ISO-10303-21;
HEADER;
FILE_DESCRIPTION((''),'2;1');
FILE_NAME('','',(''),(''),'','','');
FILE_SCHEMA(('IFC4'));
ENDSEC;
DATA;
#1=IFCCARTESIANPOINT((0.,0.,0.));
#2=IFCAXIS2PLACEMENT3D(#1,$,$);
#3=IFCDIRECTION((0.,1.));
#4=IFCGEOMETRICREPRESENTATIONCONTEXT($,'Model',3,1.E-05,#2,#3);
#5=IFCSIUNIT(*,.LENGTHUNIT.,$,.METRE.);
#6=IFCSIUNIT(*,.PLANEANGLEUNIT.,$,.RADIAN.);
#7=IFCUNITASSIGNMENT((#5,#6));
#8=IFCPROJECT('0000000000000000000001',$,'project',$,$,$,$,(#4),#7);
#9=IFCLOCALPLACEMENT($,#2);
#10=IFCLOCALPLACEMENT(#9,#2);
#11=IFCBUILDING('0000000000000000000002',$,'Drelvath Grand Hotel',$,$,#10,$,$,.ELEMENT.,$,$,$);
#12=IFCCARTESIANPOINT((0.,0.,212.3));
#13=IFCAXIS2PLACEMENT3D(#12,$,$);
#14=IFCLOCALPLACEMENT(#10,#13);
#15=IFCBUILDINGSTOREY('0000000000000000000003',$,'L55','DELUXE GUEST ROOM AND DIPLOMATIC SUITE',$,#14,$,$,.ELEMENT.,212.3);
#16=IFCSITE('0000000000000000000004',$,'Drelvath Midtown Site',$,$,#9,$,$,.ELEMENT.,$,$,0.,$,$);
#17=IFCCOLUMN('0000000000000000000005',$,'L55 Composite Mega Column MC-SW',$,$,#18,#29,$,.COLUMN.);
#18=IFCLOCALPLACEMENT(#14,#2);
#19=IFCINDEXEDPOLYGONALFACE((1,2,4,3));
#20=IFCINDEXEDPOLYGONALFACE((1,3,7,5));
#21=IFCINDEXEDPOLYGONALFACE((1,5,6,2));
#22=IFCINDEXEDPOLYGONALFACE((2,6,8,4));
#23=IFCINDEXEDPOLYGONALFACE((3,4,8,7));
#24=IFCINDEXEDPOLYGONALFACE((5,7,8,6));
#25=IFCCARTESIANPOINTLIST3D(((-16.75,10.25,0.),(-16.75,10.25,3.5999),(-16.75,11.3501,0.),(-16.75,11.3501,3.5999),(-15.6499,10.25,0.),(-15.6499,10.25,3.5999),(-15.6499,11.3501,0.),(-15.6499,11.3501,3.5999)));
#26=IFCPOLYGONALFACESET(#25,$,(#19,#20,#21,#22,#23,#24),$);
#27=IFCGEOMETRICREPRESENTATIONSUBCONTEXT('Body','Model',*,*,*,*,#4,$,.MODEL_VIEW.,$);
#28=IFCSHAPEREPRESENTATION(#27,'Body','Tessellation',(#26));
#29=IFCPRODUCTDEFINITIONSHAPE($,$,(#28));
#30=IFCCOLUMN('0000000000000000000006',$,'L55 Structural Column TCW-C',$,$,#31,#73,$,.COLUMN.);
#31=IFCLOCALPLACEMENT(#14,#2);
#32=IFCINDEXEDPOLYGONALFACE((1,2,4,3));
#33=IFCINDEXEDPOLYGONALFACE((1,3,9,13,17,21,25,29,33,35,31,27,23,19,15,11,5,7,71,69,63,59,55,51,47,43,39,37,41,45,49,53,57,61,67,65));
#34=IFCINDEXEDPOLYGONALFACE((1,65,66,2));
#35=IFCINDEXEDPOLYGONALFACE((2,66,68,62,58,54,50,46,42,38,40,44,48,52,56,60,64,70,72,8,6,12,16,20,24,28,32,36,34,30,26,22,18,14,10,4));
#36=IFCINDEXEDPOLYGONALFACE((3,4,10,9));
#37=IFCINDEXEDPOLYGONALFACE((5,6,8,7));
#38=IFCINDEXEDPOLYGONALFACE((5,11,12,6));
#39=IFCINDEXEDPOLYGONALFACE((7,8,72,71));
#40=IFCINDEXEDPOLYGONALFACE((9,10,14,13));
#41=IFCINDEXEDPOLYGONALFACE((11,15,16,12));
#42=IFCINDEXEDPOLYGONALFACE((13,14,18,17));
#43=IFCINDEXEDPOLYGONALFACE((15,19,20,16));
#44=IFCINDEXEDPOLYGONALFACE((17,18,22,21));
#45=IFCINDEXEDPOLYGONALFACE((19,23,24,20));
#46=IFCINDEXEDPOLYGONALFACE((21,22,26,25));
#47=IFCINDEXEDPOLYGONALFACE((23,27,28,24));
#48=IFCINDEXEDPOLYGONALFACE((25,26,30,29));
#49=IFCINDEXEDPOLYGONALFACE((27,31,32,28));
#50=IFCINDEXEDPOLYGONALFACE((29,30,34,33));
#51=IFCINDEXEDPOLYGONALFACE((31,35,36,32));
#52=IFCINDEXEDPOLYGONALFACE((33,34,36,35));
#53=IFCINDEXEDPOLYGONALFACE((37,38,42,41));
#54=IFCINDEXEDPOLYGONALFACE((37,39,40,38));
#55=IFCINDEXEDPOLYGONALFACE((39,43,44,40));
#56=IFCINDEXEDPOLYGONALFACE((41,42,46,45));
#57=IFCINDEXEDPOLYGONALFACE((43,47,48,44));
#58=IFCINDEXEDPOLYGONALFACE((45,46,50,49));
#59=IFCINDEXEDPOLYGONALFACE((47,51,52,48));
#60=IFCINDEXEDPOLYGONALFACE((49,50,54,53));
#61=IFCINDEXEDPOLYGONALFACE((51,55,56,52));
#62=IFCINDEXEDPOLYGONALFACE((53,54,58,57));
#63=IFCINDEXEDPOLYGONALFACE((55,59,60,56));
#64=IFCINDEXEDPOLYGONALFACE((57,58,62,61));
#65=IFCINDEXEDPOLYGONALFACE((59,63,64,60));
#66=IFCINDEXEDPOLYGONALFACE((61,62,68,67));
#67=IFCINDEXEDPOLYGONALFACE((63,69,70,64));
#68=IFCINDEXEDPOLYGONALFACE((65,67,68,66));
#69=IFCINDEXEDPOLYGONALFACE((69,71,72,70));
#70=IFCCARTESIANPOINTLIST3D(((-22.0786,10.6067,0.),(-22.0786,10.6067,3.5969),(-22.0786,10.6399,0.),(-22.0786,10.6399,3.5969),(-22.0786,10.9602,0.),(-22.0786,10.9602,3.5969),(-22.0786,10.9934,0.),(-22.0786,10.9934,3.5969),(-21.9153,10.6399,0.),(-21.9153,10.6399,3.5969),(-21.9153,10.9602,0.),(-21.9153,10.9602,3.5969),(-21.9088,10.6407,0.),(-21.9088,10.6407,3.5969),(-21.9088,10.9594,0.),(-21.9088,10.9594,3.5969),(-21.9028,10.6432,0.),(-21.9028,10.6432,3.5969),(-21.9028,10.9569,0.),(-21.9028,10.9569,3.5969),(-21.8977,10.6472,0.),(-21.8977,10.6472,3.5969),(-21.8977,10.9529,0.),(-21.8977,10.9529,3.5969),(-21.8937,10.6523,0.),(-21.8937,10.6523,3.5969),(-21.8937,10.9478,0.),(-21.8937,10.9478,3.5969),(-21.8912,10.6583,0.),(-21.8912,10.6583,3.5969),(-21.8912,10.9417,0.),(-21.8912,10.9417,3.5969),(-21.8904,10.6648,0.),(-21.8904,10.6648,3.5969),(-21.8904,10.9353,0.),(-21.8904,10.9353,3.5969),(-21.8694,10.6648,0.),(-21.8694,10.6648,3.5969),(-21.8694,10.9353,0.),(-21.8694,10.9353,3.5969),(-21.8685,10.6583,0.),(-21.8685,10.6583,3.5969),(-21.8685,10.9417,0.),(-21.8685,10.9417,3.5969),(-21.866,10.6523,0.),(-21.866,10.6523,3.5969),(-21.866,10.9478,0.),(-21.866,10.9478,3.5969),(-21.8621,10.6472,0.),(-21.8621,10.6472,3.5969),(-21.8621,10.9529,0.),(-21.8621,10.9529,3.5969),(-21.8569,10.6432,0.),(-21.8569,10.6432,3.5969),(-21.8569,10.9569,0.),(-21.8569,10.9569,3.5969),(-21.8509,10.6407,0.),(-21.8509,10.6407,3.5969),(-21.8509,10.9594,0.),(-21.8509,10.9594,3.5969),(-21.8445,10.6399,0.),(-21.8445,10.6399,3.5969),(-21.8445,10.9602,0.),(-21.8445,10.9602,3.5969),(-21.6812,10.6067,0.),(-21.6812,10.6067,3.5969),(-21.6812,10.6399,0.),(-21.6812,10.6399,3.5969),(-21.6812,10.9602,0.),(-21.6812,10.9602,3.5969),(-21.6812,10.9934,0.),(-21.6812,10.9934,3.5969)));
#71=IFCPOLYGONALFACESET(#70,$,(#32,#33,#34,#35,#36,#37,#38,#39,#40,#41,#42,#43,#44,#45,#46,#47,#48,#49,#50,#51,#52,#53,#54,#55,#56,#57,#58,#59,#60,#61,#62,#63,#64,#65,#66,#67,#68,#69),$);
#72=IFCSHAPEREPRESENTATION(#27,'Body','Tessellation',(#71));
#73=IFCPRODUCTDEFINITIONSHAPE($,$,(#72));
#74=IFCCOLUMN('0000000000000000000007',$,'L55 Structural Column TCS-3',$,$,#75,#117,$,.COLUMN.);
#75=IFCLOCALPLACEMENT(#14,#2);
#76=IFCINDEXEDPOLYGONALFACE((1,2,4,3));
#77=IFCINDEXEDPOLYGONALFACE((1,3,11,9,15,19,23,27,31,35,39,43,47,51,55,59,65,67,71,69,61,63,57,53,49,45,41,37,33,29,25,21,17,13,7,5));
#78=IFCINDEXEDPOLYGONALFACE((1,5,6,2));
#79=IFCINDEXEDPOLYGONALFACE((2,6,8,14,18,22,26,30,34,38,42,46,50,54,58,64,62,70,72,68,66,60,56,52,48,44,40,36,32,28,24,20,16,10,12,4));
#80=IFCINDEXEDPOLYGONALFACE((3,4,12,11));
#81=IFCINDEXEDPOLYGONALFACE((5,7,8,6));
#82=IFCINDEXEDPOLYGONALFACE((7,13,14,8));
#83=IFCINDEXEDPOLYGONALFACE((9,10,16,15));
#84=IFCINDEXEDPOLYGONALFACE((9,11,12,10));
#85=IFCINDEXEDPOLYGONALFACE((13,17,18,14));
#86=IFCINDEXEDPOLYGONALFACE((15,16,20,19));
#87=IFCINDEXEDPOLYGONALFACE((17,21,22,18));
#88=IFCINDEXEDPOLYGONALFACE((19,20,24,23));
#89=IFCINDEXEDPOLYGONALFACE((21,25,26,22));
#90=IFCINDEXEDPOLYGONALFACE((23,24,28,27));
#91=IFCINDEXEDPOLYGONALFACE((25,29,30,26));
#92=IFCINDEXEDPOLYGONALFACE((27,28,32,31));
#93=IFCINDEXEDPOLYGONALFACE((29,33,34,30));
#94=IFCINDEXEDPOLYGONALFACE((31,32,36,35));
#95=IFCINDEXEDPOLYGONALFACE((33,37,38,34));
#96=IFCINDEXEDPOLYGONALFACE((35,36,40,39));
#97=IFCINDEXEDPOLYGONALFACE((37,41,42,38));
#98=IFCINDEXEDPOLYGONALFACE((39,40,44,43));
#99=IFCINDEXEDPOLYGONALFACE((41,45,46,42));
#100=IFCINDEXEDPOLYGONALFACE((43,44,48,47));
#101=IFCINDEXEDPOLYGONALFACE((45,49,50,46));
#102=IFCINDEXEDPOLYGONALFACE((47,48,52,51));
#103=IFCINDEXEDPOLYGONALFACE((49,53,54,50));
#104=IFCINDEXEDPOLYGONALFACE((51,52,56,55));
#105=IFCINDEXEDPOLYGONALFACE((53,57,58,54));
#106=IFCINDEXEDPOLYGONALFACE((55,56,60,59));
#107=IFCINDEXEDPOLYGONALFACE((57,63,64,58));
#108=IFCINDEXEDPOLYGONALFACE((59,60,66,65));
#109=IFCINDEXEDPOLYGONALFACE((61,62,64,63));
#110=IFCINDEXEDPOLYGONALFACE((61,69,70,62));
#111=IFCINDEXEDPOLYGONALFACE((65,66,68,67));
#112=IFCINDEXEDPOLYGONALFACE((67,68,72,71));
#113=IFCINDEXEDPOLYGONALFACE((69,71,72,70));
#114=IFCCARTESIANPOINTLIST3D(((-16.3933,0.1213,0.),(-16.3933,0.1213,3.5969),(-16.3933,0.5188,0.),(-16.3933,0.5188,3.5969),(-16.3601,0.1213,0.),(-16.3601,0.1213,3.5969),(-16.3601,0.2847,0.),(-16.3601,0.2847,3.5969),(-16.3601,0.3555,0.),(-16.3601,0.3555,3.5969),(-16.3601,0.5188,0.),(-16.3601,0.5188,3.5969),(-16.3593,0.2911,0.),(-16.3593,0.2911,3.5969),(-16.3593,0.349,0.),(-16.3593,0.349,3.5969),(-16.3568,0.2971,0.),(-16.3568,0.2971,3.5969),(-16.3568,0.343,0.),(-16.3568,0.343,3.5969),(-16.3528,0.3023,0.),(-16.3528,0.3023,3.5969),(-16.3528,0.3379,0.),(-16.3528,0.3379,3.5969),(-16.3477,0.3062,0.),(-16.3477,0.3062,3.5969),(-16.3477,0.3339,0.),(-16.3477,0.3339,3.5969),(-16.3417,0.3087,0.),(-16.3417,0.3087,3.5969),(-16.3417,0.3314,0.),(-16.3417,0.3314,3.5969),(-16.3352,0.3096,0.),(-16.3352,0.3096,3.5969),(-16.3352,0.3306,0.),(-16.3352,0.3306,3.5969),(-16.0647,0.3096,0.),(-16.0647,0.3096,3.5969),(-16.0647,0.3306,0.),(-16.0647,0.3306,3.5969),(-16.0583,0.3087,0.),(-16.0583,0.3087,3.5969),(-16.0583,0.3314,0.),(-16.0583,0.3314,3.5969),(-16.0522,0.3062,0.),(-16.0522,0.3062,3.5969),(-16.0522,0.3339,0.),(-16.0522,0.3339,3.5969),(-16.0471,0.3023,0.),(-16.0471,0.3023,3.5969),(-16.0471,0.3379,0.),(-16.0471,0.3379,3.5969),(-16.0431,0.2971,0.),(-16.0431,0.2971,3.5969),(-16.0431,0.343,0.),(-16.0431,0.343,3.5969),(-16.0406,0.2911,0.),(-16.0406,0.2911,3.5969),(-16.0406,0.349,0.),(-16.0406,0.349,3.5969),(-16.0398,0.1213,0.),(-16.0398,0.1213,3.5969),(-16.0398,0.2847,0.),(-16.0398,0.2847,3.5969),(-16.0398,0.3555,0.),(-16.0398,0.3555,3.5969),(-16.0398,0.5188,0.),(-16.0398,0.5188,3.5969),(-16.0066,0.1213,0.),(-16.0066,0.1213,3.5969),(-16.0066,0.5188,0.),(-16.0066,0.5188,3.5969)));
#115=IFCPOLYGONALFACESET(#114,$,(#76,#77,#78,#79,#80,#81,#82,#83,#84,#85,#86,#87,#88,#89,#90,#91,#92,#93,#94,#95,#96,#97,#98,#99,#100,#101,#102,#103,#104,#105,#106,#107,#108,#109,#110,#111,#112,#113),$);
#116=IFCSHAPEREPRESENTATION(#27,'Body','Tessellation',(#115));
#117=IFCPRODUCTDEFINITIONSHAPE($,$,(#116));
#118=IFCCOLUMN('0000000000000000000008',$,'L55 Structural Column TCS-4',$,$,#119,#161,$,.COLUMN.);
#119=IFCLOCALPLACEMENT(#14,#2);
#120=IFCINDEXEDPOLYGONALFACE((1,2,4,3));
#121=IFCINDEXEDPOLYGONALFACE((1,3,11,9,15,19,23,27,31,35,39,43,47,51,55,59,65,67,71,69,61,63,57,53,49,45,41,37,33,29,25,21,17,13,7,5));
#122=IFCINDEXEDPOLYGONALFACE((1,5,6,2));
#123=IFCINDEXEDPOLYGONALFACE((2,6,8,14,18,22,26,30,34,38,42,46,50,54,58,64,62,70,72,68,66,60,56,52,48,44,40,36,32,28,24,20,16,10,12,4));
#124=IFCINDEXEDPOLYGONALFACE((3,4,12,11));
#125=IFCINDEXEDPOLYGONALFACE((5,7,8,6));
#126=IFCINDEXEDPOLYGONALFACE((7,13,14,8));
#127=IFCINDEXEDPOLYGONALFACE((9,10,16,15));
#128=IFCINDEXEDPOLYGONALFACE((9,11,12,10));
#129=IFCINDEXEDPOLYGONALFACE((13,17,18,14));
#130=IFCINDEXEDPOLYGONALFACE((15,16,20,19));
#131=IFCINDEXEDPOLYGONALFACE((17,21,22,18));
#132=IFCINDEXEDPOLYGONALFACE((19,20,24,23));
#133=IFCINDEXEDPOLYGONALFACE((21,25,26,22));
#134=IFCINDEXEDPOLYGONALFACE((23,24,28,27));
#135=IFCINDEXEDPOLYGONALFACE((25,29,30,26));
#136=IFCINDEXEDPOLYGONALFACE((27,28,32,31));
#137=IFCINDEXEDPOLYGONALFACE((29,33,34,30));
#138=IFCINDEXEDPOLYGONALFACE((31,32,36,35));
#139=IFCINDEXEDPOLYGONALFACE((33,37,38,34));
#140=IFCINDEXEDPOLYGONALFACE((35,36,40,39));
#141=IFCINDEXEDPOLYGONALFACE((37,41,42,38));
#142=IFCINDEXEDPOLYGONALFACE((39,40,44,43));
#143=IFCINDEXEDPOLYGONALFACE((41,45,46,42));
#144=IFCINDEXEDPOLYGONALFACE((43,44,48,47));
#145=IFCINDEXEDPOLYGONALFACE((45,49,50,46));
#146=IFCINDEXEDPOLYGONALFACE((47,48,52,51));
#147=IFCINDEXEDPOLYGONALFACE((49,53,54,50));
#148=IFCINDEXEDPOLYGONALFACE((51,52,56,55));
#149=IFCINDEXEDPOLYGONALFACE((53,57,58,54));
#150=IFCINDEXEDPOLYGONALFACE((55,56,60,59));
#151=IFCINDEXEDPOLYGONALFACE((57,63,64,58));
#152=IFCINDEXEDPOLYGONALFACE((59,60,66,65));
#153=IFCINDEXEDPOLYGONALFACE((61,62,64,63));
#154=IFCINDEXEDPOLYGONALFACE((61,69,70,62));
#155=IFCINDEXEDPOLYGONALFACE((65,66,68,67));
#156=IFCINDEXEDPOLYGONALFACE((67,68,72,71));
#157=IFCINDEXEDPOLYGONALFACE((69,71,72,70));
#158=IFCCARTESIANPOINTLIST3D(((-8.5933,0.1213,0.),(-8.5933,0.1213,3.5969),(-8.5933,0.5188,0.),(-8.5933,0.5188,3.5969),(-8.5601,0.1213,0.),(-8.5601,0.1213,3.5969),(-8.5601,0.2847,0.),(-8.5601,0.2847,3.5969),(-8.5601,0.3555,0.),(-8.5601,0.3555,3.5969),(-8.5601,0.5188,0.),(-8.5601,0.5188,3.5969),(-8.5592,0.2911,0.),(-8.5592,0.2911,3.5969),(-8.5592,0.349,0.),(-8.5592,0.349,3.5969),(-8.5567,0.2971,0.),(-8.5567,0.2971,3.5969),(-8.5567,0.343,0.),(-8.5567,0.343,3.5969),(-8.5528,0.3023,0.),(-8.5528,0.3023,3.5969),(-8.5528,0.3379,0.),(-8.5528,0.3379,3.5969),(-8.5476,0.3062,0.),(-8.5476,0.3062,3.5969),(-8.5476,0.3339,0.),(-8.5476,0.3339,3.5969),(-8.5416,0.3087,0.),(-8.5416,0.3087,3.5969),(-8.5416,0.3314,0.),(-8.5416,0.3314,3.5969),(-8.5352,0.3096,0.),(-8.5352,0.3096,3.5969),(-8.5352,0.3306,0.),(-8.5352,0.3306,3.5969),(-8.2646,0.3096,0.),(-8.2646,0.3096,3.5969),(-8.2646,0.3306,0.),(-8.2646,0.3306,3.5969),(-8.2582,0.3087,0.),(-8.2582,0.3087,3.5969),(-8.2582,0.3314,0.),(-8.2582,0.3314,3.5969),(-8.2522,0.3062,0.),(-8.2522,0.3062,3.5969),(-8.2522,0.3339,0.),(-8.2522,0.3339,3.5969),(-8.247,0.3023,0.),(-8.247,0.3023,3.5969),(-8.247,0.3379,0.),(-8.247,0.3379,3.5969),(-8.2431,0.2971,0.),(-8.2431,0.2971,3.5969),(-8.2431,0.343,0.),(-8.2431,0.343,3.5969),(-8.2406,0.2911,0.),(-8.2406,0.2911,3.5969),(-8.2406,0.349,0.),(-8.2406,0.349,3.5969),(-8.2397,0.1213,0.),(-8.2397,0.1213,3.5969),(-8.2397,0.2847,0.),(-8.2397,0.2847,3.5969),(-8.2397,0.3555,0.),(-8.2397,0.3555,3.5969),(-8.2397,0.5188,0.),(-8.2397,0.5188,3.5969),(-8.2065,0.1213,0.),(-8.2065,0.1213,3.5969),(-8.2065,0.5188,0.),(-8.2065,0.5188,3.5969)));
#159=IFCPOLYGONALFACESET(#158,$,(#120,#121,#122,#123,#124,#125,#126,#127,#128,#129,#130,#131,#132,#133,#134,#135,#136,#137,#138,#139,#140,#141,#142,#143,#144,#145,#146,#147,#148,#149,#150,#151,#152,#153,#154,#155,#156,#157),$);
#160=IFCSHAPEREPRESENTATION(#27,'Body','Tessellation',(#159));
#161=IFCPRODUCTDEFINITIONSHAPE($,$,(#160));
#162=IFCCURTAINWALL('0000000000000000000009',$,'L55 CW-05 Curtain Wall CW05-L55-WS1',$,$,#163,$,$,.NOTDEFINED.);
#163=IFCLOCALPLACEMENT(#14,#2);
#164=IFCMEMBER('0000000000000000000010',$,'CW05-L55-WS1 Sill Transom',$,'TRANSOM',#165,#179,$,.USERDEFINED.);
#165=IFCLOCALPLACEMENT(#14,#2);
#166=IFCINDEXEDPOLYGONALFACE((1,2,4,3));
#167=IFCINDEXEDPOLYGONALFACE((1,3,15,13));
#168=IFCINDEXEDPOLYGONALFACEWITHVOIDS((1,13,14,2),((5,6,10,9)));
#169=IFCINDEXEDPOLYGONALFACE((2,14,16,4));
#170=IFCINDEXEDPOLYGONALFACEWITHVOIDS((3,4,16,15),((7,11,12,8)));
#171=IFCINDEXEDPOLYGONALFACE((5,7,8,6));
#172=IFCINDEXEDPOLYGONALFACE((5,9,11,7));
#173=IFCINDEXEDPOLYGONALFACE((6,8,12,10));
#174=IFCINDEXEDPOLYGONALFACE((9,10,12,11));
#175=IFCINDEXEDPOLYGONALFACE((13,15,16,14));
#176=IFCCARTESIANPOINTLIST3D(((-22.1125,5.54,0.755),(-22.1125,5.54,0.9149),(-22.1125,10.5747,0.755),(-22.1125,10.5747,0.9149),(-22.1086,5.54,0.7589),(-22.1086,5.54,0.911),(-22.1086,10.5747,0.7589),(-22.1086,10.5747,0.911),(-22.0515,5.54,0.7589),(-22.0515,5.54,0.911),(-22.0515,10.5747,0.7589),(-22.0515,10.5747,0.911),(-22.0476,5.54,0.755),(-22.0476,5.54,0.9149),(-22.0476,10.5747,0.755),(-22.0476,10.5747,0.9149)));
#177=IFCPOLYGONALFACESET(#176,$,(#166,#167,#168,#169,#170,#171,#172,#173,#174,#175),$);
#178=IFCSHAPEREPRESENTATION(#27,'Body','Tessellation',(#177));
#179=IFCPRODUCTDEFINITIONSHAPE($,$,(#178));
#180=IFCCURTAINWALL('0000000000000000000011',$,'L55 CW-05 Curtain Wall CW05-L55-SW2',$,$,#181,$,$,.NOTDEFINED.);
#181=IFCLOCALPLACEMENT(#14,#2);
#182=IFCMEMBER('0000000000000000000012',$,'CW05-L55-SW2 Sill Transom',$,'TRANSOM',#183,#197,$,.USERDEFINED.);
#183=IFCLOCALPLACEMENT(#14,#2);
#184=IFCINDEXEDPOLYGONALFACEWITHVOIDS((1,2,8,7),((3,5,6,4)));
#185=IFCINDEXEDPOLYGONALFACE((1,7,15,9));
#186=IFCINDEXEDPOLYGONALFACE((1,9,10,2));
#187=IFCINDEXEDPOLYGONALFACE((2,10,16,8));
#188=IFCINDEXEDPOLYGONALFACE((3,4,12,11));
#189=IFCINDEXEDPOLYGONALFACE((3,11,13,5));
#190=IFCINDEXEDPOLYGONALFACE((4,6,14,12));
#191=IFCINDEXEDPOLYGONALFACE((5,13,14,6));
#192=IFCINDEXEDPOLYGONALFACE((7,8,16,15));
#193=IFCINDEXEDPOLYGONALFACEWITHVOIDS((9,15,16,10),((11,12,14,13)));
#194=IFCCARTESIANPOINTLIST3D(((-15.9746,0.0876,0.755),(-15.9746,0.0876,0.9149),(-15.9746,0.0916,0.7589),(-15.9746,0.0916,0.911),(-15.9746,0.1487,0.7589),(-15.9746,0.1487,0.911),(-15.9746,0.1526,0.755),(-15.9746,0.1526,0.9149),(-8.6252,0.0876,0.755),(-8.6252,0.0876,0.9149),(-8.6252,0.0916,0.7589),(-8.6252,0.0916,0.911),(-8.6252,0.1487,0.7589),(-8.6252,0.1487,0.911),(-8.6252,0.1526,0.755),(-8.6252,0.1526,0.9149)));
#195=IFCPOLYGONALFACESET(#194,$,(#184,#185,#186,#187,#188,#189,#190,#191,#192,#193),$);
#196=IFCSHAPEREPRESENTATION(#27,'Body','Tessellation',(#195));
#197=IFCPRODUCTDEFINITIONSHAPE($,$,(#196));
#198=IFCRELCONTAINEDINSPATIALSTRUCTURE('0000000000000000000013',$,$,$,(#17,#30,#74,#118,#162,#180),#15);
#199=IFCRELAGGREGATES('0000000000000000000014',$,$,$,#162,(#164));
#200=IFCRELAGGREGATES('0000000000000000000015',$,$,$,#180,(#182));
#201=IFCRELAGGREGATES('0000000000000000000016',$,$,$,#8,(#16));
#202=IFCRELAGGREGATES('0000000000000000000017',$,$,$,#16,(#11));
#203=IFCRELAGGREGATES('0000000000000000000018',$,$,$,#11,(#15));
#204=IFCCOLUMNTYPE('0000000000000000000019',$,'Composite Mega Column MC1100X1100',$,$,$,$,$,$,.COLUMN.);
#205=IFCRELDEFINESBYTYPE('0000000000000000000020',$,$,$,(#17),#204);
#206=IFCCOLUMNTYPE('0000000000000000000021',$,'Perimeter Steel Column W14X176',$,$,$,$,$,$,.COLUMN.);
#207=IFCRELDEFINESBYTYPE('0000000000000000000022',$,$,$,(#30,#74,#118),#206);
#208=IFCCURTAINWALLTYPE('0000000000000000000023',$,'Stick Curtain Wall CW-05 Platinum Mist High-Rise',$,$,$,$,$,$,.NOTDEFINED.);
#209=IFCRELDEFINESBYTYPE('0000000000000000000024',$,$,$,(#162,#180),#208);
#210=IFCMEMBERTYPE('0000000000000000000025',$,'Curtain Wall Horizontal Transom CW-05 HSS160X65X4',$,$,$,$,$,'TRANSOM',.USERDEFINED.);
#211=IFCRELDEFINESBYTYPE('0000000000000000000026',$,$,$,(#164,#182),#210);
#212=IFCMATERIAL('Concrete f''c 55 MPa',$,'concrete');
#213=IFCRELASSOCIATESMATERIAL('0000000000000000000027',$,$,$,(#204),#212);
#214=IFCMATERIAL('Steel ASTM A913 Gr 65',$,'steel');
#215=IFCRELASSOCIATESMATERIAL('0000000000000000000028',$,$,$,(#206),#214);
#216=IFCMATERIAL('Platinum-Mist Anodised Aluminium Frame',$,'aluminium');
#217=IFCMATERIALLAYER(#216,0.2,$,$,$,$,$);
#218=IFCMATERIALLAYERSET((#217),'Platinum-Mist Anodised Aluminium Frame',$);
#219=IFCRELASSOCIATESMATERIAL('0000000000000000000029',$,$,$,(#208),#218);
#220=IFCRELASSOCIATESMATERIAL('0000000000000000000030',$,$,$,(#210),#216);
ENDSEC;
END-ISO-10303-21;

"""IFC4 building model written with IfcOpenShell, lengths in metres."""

from ifc_helpers import new_model, si_unit, direction, frame, origin, origin_2d, place, context, subcontext, project, spatial, rectangle, hollow_rectangle, i_section, extrude, material, layer, layer_set, material_profile, profile_set, type_object, element, aggregate, save


model = new_model("IFC4")

# Units and contexts
model_context = context("Model", 3, precision=1e-05, world=origin(), true_north=direction((0.0, 1.0)))
body_context = subcontext(model_context, "Body", "Model", "MODEL_VIEW")
ifc_project = project(units=[si_unit("LENGTHUNIT", "METRE"), si_unit("PLANEANGLEUNIT", "RADIAN")], contexts=[model_context])

# Site, building, storey
site_placement = place(None, origin())
site = spatial("IfcSite", under=ifc_project, at=site_placement, Name="Drelvath Midtown Site", CompositionType="ELEMENT", RefElevation=0.0)
building_placement = place(site_placement, origin())
building = spatial("IfcBuilding", under=site, at=building_placement, Name="Drelvath Grand Hotel", CompositionType="ELEMENT")
storey_placement = place(building_placement, frame((0.0, 0.0, 212.3)))
storey = spatial("IfcBuildingStorey", under=building, at=storey_placement, Name="L55", Description="DELUXE GUEST ROOM AND DIPLOMATIC SUITE", CompositionType="ELEMENT", Elevation=212.3)

# Columns
ifc_material_1 = material(Name="Concrete f'c 55 MPa", Category="concrete")
ifc_material_profile_1 = material_profile(ifc_material_1, rectangle(XDim=1.1001, YDim=1.1001, at=origin_2d()), Name="MC1100X1100")
ifc_profile_set_1 = profile_set([ifc_material_profile_1], Name="Concrete f'c 55 MPa")
column_type_1 = type_object("IfcColumnType", Name="Composite Mega Column MC1100X1100", PredefinedType="COLUMN", material=ifc_profile_set_1)
column_placement = place(storey_placement, frame((-16.2, 10.8, 0.0), z_axis=(0.0, 0.0, 1.0), x_axis=(1.0, 0.0, 0.0)))
element("IfcColumn", 1, at=column_placement, inside=storey, type_object=column_type_1, Name="L55 Composite Mega Column MC-SW", PredefinedType="COLUMN", context=body_context, shape_type="SweptSolid", body=[
    extrude(rectangle(XDim=1.1001, YDim=1.1001, at=origin_2d()), origin(), (0.0, 0.0, 1.0), 3.5999),
])
ifc_material_2 = material(Name="Steel ASTM A913 Gr 65", Category="steel")
ifc_material_profile_2 = material_profile(ifc_material_2, i_section(OverallWidth=0.3975, OverallDepth=0.3867, WebThickness=0.021, FlangeThickness=0.0332, FilletRadius=0.0249, at=origin_2d()), Name="W14X176")
ifc_profile_set_2 = profile_set([ifc_material_profile_2], Name="Steel ASTM A913 Gr 65")
column_type_2 = type_object("IfcColumnType", Name="Perimeter Steel Column W14X176", PredefinedType="COLUMN", material=ifc_profile_set_2)
for number, where, z_axis, x_axis, name in (
    (2, (-21.8799, 10.8, 0.0), (0.0, 0.0, 1.0), (1.0, 0.0, 0.0), "L55 Structural Column TCW-C"),
    (3, (-16.2, 0.3201, 0.0), (0.0, 0.0, 1.0), (0.0, 1.0, 0.0), "L55 Structural Column TCS-3"),
    (4, (-8.3999, 0.3201, 0.0), (0.0, 0.0, 1.0), (0.0, 1.0, 0.0), "L55 Structural Column TCS-4"),
):
    element("IfcColumn", number, at=place(storey_placement, frame(where, z_axis=z_axis, x_axis=x_axis)), inside=storey, type_object=column_type_2, Name=name, PredefinedType="COLUMN", context=body_context, shape_type="SweptSolid", body=[
        extrude(i_section(OverallWidth=0.3975, OverallDepth=0.3867, WebThickness=0.021, FlangeThickness=0.0332, FilletRadius=0.0249, at=origin_2d()), origin(), (0.0, 0.0, 1.0), 3.5969),
    ])

# Curtain walls, members
ifc_material_3 = material(Name="Platinum-Mist Anodised Aluminium Frame", Category="aluminium")
ifc_layer_1 = layer(ifc_material_3, 0.2)
ifc_layer_set_1 = layer_set([ifc_layer_1], Name="Platinum-Mist Anodised Aluminium Frame")
curtain_wall_type = type_object("IfcCurtainWallType", Name="Stick Curtain Wall CW-05 Platinum Mist High-Rise", PredefinedType="NOTDEFINED", material=ifc_layer_set_1)
curtain_wall_1_placement = place(storey_placement, origin())
curtain_wall_1 = element("IfcCurtainWall", 5, at=curtain_wall_1_placement, inside=storey, type_object=curtain_wall_type, Name="L55 CW-05 Curtain Wall CW05-L55-WS1", PredefinedType="NOTDEFINED")
ifc_material_profile_3 = material_profile(ifc_material_3, hollow_rectangle(XDim=0.0649, YDim=0.1599, WallThickness=0.0039, at=origin_2d()), Name="HSS160X65X4")
ifc_profile_set_3 = profile_set([ifc_material_profile_3], Name="Platinum-Mist Anodised Aluminium Frame")
member_type_1 = type_object("IfcMemberType", Name="Curtain Wall Horizontal Transom CW-05 HSS160X65X4", ElementType="TRANSOM", PredefinedType="USERDEFINED", material=ifc_profile_set_3)
member_1_placement = place(storey_placement, frame((-22.0801, 5.54, 0.835), z_axis=(0.0, 1.0, 0.0), x_axis=(-1.0, 0.0, 0.0)))
member_1 = element("IfcMember", 6, at=member_1_placement, type_object=member_type_1, Name="CW05-L55-WS1 Sill Transom", ObjectType="TRANSOM", PredefinedType="USERDEFINED", context=body_context, shape_type="SweptSolid", body=[
    extrude(hollow_rectangle(XDim=0.0649, YDim=0.1599, WallThickness=0.0039, at=origin_2d()), origin(), (0.0, 0.0, 1.0), 5.0347),
])
curtain_wall_2_placement = place(storey_placement, origin())
curtain_wall_2 = element("IfcCurtainWall", 7, at=curtain_wall_2_placement, inside=storey, type_object=curtain_wall_type, Name="L55 CW-05 Curtain Wall CW05-L55-SW2", PredefinedType="NOTDEFINED")
member_2_placement = place(storey_placement, frame((-8.6252, 0.1201, 0.835), z_axis=(-1.0, 0.0, 0.0), x_axis=(0.0, -1.0, 0.0)))
member_2 = element("IfcMember", 8, at=member_2_placement, type_object=member_type_1, Name="CW05-L55-SW2 Sill Transom", ObjectType="TRANSOM", PredefinedType="USERDEFINED", context=body_context, shape_type="SweptSolid", body=[
    extrude(hollow_rectangle(XDim=0.0649, YDim=0.1599, WallThickness=0.0039, at=origin_2d()), origin(), (0.0, 0.0, 1.0), 7.3494),
])

aggregate(curtain_wall_1, [member_1])
aggregate(curtain_wall_2, [member_2])

save(model, "model.ifc")
